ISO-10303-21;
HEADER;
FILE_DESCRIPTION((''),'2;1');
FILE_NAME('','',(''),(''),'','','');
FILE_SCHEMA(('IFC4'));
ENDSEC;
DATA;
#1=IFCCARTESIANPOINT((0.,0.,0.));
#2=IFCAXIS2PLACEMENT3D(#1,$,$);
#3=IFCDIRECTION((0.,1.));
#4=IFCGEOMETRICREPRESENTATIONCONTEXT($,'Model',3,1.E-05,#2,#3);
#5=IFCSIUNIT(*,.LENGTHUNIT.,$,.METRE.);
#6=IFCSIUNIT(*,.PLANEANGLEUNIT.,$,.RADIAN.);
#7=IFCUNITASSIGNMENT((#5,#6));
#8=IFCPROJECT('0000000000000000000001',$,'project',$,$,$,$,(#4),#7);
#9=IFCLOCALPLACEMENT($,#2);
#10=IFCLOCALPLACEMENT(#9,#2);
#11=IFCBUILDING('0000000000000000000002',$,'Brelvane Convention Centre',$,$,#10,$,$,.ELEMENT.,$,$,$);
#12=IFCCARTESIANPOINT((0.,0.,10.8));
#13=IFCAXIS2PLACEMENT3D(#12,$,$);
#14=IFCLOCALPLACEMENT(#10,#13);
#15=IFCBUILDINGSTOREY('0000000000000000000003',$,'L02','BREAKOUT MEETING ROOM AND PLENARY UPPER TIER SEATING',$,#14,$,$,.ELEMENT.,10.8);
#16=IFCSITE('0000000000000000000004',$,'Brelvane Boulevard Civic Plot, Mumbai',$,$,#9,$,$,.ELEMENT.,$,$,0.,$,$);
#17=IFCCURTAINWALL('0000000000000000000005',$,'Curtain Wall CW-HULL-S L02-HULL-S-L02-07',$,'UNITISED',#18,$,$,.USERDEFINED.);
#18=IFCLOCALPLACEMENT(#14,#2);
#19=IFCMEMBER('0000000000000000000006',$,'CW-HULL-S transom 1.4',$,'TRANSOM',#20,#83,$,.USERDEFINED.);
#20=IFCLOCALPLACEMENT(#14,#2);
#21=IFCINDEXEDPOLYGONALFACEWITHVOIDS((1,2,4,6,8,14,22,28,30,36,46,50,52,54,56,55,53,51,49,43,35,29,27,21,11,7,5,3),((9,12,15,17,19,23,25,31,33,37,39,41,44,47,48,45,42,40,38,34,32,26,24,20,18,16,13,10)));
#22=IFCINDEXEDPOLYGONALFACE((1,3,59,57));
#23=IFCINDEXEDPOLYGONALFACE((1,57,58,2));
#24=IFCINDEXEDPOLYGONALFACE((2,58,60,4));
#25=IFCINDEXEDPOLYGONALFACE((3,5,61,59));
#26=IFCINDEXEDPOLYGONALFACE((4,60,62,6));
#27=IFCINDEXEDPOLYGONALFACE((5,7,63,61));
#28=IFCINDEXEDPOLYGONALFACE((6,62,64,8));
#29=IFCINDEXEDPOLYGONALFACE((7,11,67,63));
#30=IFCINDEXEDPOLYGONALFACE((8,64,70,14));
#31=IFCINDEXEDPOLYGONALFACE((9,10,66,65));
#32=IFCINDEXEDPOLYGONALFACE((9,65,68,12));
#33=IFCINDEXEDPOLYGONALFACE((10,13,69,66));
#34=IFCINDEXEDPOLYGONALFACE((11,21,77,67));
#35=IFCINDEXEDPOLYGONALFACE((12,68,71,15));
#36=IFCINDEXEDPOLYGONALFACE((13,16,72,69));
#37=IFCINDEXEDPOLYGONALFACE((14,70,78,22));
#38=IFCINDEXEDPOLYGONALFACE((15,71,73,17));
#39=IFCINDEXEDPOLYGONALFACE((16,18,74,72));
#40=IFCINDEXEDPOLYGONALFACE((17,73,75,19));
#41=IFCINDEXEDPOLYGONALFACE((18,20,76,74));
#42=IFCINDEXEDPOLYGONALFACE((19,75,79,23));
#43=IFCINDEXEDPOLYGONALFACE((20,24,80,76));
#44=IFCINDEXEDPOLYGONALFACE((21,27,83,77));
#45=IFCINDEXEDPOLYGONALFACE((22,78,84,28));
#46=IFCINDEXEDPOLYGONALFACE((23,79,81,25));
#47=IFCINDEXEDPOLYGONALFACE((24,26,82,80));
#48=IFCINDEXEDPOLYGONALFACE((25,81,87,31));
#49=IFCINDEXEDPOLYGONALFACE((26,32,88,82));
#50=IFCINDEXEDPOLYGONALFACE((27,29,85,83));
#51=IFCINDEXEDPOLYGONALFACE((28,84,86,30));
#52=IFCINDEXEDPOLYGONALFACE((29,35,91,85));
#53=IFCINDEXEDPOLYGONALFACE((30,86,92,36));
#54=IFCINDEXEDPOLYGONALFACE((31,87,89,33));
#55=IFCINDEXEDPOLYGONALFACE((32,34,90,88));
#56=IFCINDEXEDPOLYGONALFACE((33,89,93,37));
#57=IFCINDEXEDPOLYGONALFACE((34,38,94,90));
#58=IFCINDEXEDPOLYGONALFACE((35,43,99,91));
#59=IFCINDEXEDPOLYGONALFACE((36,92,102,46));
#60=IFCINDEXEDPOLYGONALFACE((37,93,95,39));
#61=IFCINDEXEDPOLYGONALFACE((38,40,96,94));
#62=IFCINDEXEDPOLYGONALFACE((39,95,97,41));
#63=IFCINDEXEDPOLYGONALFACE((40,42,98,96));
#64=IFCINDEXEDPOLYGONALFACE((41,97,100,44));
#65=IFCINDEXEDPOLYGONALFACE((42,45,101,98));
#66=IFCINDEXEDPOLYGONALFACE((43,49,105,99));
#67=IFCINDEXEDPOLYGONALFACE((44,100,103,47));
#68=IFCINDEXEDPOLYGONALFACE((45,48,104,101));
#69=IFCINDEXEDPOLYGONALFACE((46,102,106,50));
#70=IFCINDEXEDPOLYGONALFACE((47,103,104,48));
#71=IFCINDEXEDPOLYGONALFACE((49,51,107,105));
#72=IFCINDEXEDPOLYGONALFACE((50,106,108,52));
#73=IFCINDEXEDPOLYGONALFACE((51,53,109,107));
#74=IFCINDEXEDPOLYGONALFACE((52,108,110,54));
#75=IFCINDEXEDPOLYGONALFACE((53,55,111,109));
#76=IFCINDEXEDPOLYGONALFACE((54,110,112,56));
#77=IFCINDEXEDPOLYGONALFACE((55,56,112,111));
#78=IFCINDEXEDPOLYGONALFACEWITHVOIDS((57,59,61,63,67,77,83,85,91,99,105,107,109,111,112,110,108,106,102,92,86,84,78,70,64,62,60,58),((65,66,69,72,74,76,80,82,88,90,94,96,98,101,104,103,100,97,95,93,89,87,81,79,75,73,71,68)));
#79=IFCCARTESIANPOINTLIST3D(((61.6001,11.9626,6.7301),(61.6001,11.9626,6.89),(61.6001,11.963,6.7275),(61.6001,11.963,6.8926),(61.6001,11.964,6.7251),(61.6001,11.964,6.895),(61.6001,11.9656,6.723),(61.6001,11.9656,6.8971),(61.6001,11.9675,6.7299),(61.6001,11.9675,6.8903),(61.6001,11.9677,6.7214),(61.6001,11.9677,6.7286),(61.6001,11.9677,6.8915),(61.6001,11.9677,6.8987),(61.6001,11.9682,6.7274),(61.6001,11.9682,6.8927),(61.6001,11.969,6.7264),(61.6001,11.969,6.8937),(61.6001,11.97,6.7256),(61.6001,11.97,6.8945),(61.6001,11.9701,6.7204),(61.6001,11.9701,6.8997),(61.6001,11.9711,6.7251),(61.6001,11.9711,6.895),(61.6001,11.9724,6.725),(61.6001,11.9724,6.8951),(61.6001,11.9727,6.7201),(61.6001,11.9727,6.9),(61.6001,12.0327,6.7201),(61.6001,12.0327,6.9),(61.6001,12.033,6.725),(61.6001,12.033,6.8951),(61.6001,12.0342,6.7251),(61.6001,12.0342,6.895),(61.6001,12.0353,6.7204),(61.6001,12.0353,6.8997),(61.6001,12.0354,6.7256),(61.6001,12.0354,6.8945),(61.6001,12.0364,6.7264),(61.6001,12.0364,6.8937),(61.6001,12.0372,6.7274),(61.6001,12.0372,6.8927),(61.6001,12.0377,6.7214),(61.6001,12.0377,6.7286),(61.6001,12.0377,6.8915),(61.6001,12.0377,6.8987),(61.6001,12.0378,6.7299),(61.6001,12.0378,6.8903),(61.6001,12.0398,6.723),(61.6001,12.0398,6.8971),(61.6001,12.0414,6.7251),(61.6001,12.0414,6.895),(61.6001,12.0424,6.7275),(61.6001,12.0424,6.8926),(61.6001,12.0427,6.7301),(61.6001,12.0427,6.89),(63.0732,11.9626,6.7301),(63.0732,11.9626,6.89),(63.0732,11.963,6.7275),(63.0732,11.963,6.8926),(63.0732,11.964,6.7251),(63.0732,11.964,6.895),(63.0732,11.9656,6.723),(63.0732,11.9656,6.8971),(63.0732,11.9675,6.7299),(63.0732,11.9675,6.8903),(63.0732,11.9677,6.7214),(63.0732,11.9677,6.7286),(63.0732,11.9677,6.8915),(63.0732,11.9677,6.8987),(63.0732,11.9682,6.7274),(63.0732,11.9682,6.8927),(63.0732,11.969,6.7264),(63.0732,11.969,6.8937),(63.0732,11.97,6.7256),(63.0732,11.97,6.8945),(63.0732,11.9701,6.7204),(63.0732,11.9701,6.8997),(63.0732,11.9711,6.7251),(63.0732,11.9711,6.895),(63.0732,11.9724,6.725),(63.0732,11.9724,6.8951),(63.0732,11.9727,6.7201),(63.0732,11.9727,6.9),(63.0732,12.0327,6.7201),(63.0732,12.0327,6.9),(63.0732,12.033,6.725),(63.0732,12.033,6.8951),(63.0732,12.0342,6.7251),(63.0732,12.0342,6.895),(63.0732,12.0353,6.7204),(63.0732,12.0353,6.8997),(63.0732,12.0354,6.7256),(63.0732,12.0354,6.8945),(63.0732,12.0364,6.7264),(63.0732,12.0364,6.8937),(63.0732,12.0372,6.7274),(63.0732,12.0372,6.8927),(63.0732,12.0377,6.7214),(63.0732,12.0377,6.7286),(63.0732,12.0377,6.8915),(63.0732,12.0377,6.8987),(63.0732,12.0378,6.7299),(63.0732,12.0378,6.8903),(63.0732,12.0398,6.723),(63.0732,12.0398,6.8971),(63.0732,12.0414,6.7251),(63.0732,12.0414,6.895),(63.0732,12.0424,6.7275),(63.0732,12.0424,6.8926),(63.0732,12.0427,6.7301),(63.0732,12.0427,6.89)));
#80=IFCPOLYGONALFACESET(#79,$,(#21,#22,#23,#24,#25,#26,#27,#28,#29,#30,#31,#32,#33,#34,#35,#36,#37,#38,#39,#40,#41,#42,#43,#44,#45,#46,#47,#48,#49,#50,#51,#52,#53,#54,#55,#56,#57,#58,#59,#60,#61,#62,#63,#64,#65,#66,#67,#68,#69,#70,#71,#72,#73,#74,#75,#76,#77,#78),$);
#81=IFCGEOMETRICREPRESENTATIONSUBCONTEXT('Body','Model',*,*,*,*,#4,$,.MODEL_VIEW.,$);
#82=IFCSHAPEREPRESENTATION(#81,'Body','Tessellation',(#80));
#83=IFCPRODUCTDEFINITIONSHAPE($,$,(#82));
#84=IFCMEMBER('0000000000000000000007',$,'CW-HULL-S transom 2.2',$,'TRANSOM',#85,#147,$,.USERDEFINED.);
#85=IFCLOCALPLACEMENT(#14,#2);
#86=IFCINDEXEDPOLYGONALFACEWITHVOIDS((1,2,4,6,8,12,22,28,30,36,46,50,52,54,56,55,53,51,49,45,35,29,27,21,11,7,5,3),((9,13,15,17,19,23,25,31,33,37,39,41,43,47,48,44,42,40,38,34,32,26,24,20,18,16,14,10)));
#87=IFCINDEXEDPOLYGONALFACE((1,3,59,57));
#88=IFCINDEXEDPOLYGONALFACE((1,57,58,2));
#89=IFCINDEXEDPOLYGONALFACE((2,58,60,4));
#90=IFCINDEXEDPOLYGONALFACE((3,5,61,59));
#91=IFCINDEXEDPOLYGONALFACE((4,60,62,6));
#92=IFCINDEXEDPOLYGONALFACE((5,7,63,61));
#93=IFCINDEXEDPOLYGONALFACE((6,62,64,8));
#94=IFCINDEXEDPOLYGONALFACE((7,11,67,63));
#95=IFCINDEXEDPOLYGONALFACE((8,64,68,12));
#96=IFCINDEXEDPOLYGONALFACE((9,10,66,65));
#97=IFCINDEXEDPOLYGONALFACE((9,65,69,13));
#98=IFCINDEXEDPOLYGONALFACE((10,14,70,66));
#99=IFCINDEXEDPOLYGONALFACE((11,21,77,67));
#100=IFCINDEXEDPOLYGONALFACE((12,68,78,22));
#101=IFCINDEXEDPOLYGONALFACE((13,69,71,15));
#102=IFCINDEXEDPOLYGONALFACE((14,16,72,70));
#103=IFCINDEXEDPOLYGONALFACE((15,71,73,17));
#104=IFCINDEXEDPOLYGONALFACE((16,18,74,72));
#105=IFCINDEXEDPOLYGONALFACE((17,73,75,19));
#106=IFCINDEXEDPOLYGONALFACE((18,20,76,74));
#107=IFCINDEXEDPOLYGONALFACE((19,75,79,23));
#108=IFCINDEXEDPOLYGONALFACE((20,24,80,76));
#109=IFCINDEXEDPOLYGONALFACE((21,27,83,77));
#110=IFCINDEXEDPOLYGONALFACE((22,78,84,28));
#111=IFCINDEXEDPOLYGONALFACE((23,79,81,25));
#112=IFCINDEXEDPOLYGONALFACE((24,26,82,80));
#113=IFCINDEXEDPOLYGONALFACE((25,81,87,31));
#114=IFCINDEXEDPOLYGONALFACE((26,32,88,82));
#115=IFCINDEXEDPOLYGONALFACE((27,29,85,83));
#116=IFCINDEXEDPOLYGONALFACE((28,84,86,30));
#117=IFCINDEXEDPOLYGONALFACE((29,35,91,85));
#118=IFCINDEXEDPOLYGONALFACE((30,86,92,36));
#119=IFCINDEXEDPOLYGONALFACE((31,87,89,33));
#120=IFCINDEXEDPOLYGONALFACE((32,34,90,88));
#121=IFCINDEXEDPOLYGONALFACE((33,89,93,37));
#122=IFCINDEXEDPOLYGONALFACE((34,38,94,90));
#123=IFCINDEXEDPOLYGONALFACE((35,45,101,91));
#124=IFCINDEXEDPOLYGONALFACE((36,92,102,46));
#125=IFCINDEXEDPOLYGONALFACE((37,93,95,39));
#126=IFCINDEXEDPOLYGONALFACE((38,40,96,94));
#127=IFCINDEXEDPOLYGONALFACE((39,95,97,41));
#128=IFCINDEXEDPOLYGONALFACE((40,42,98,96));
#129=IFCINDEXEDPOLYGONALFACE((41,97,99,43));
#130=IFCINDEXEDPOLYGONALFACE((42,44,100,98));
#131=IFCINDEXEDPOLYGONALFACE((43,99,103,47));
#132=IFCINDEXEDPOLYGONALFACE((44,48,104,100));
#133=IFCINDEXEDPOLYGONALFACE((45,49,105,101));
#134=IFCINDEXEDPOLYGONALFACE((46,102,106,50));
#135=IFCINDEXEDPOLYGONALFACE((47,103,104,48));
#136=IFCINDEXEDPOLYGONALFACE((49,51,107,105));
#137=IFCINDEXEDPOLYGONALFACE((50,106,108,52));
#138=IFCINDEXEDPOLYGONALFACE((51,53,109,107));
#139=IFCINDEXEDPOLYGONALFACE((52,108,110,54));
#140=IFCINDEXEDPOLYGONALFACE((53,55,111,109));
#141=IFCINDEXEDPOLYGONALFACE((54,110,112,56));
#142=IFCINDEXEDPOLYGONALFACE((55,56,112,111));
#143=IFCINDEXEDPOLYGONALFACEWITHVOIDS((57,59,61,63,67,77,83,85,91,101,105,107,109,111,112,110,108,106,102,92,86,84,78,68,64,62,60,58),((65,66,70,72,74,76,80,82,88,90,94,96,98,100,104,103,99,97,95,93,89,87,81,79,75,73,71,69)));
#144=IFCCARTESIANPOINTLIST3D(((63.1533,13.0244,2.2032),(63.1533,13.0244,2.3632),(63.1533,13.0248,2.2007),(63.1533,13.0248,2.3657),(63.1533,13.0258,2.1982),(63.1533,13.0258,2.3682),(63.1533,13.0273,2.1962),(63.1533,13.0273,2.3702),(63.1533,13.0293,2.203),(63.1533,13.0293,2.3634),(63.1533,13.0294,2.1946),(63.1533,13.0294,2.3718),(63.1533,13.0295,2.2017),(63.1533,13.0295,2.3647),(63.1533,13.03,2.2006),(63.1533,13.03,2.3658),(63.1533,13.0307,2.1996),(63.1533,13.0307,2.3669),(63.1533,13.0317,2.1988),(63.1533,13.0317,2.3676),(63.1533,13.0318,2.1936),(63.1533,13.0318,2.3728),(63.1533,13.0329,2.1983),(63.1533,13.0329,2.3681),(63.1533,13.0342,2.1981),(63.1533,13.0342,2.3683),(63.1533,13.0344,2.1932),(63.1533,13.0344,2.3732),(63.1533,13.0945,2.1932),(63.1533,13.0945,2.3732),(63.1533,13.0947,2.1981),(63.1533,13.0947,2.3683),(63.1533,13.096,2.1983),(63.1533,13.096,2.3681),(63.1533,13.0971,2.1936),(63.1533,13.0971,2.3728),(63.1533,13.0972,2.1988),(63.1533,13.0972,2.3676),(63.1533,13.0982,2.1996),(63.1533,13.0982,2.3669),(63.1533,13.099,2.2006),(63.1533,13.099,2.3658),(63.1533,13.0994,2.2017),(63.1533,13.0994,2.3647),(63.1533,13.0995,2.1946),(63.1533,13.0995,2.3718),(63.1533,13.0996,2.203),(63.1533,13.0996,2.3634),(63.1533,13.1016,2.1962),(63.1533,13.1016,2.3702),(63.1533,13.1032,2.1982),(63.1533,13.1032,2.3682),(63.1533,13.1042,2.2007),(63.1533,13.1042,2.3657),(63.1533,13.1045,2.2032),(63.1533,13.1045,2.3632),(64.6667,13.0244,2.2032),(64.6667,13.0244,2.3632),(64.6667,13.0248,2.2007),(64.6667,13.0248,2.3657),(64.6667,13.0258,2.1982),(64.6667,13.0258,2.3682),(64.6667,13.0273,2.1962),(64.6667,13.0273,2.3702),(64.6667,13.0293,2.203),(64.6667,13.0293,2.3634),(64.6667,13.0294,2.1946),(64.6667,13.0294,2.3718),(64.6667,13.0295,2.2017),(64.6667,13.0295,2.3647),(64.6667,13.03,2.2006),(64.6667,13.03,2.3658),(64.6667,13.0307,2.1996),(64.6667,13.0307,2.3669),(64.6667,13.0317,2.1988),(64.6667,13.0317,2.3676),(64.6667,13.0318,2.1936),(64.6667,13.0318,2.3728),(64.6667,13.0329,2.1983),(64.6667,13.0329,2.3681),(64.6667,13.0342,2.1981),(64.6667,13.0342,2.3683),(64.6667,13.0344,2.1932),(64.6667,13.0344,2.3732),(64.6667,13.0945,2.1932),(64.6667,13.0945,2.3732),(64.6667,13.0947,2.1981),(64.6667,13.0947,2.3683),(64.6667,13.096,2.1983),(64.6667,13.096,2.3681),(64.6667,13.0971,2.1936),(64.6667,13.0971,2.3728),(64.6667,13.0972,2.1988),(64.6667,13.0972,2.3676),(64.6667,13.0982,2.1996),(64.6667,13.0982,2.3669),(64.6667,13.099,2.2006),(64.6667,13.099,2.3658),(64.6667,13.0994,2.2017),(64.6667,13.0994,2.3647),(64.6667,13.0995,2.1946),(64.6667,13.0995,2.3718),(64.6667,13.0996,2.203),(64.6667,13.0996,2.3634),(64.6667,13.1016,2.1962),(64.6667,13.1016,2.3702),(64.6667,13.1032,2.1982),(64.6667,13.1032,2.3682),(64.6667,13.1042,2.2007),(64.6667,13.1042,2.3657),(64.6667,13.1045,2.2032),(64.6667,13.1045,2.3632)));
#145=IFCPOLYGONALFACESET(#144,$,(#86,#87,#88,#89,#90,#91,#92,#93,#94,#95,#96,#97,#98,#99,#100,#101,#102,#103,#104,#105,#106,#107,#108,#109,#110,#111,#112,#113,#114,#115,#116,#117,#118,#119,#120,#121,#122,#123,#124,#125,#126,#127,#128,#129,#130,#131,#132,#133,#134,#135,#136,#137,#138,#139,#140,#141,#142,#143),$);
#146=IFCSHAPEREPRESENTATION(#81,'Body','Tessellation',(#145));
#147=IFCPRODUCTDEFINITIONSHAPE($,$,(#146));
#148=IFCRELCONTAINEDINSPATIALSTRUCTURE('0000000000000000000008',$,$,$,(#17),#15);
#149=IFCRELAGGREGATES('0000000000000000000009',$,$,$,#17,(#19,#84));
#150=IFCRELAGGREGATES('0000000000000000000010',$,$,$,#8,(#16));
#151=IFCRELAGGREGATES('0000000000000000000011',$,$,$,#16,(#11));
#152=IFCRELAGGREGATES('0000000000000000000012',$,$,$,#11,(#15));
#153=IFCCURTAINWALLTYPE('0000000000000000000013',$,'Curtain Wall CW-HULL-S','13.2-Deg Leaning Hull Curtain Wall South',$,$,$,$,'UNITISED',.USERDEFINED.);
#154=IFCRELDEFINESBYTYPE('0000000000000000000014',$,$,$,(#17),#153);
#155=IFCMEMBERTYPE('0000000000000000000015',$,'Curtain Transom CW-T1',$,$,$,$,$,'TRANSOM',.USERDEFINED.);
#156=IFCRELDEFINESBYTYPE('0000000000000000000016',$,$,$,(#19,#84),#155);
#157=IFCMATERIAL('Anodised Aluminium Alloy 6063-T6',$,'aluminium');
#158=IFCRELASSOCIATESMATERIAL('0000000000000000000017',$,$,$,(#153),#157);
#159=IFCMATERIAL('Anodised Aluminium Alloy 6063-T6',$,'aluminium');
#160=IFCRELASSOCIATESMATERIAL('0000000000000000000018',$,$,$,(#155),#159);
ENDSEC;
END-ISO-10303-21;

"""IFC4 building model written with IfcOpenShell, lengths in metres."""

from ifc_helpers import new_model, si_unit, direction, frame, origin, origin_2d, place, context, subcontext, project, spatial, hollow_rectangle, extrude, material, material_profile, profile_set, type_object, element, aggregate, save


model = new_model("IFC4")

# Units and contexts
model_context = context("Model", 3, precision=1e-05, world=origin(), true_north=direction((0.0, 1.0)))
body_context = subcontext(model_context, "Body", "Model", "MODEL_VIEW")
ifc_project = project(units=[si_unit("LENGTHUNIT", "METRE"), si_unit("PLANEANGLEUNIT", "RADIAN")], contexts=[model_context])

# Site, building, storey
site_placement = place(None, origin())
site = spatial("IfcSite", under=ifc_project, at=site_placement, Name="Brelvane Boulevard Civic Plot, Mumbai", CompositionType="ELEMENT", RefElevation=0.0)
building_placement = place(site_placement, origin())
building = spatial("IfcBuilding", under=site, at=building_placement, Name="Brelvane Convention Centre", CompositionType="ELEMENT")
storey_placement = place(building_placement, frame((0.0, 0.0, 10.8)))
storey = spatial("IfcBuildingStorey", under=building, at=storey_placement, Name="L02", Description="BREAKOUT MEETING ROOM AND PLENARY UPPER TIER SEATING", CompositionType="ELEMENT", Elevation=10.8)

# Curtain wall, members
ifc_material_1 = material(Name="Anodised Aluminium Alloy 6063-T6", Category="aluminium")
curtain_wall_type = type_object("IfcCurtainWallType", Name="Curtain Wall CW-HULL-S", Description="13.2-Deg Leaning Hull Curtain Wall South", ElementType="UNITISED", PredefinedType="USERDEFINED", material=ifc_material_1)
curtain_wall_1_placement = place(storey_placement, origin())
curtain_wall_1 = element("IfcCurtainWall", 1, at=curtain_wall_1_placement, inside=storey, type_object=curtain_wall_type, Name="Curtain Wall CW-HULL-S L02-HULL-S-L02-07", ObjectType="UNITISED", PredefinedType="USERDEFINED")
ifc_material_2 = material(Name="Anodised Aluminium Alloy 6063-T6", Category="aluminium")
ifc_material_profile = material_profile(ifc_material_2, hollow_rectangle(XDim=0.0801, YDim=0.1799, WallThickness=0.0049, InnerFilletRadius=0.0049, OuterFilletRadius=0.01, at=origin_2d()), Name="ALU-T 180x80x5.0")
ifc_profile_set = profile_set([ifc_material_profile], Name="Anodised Aluminium Alloy 6063-T6")
member_type = type_object("IfcMemberType", Name="Curtain Transom CW-T1", ElementType="TRANSOM", PredefinedType="USERDEFINED", material=ifc_profile_set)
member_1_placement = place(storey_placement, frame((61.6001, 12.0027, 6.8101), z_axis=(1.0, 0.0, 0.0), x_axis=(0.0, 1.0, 0.0)))
member_1 = element("IfcMember", 2, at=member_1_placement, type_object=member_type, Name="CW-HULL-S transom 1.4", ObjectType="TRANSOM", PredefinedType="USERDEFINED", context=body_context, shape_type="SweptSolid", body=[
    extrude(hollow_rectangle(XDim=0.0801, YDim=0.1799, WallThickness=0.0049, InnerFilletRadius=0.0049, OuterFilletRadius=0.01, at=origin_2d()), origin(), (0.0, 0.0, 1.0), 1.4731),
])
member_2_placement = place(storey_placement, frame((63.1533, 13.0645, 2.2832), z_axis=(1.0, 0.0, 0.0), x_axis=(0.0, 1.0, 0.0)))
member_2 = element("IfcMember", 3, at=member_2_placement, type_object=member_type, Name="CW-HULL-S transom 2.2", ObjectType="TRANSOM", PredefinedType="USERDEFINED", context=body_context, shape_type="SweptSolid", body=[
    extrude(hollow_rectangle(XDim=0.0801, YDim=0.1799, WallThickness=0.0049, InnerFilletRadius=0.0049, OuterFilletRadius=0.01, at=origin_2d()), origin(), (0.0, 0.0, 1.0), 1.5134),
])

aggregate(curtain_wall_1, [member_1, member_2])

save(model, "model.ifc")
